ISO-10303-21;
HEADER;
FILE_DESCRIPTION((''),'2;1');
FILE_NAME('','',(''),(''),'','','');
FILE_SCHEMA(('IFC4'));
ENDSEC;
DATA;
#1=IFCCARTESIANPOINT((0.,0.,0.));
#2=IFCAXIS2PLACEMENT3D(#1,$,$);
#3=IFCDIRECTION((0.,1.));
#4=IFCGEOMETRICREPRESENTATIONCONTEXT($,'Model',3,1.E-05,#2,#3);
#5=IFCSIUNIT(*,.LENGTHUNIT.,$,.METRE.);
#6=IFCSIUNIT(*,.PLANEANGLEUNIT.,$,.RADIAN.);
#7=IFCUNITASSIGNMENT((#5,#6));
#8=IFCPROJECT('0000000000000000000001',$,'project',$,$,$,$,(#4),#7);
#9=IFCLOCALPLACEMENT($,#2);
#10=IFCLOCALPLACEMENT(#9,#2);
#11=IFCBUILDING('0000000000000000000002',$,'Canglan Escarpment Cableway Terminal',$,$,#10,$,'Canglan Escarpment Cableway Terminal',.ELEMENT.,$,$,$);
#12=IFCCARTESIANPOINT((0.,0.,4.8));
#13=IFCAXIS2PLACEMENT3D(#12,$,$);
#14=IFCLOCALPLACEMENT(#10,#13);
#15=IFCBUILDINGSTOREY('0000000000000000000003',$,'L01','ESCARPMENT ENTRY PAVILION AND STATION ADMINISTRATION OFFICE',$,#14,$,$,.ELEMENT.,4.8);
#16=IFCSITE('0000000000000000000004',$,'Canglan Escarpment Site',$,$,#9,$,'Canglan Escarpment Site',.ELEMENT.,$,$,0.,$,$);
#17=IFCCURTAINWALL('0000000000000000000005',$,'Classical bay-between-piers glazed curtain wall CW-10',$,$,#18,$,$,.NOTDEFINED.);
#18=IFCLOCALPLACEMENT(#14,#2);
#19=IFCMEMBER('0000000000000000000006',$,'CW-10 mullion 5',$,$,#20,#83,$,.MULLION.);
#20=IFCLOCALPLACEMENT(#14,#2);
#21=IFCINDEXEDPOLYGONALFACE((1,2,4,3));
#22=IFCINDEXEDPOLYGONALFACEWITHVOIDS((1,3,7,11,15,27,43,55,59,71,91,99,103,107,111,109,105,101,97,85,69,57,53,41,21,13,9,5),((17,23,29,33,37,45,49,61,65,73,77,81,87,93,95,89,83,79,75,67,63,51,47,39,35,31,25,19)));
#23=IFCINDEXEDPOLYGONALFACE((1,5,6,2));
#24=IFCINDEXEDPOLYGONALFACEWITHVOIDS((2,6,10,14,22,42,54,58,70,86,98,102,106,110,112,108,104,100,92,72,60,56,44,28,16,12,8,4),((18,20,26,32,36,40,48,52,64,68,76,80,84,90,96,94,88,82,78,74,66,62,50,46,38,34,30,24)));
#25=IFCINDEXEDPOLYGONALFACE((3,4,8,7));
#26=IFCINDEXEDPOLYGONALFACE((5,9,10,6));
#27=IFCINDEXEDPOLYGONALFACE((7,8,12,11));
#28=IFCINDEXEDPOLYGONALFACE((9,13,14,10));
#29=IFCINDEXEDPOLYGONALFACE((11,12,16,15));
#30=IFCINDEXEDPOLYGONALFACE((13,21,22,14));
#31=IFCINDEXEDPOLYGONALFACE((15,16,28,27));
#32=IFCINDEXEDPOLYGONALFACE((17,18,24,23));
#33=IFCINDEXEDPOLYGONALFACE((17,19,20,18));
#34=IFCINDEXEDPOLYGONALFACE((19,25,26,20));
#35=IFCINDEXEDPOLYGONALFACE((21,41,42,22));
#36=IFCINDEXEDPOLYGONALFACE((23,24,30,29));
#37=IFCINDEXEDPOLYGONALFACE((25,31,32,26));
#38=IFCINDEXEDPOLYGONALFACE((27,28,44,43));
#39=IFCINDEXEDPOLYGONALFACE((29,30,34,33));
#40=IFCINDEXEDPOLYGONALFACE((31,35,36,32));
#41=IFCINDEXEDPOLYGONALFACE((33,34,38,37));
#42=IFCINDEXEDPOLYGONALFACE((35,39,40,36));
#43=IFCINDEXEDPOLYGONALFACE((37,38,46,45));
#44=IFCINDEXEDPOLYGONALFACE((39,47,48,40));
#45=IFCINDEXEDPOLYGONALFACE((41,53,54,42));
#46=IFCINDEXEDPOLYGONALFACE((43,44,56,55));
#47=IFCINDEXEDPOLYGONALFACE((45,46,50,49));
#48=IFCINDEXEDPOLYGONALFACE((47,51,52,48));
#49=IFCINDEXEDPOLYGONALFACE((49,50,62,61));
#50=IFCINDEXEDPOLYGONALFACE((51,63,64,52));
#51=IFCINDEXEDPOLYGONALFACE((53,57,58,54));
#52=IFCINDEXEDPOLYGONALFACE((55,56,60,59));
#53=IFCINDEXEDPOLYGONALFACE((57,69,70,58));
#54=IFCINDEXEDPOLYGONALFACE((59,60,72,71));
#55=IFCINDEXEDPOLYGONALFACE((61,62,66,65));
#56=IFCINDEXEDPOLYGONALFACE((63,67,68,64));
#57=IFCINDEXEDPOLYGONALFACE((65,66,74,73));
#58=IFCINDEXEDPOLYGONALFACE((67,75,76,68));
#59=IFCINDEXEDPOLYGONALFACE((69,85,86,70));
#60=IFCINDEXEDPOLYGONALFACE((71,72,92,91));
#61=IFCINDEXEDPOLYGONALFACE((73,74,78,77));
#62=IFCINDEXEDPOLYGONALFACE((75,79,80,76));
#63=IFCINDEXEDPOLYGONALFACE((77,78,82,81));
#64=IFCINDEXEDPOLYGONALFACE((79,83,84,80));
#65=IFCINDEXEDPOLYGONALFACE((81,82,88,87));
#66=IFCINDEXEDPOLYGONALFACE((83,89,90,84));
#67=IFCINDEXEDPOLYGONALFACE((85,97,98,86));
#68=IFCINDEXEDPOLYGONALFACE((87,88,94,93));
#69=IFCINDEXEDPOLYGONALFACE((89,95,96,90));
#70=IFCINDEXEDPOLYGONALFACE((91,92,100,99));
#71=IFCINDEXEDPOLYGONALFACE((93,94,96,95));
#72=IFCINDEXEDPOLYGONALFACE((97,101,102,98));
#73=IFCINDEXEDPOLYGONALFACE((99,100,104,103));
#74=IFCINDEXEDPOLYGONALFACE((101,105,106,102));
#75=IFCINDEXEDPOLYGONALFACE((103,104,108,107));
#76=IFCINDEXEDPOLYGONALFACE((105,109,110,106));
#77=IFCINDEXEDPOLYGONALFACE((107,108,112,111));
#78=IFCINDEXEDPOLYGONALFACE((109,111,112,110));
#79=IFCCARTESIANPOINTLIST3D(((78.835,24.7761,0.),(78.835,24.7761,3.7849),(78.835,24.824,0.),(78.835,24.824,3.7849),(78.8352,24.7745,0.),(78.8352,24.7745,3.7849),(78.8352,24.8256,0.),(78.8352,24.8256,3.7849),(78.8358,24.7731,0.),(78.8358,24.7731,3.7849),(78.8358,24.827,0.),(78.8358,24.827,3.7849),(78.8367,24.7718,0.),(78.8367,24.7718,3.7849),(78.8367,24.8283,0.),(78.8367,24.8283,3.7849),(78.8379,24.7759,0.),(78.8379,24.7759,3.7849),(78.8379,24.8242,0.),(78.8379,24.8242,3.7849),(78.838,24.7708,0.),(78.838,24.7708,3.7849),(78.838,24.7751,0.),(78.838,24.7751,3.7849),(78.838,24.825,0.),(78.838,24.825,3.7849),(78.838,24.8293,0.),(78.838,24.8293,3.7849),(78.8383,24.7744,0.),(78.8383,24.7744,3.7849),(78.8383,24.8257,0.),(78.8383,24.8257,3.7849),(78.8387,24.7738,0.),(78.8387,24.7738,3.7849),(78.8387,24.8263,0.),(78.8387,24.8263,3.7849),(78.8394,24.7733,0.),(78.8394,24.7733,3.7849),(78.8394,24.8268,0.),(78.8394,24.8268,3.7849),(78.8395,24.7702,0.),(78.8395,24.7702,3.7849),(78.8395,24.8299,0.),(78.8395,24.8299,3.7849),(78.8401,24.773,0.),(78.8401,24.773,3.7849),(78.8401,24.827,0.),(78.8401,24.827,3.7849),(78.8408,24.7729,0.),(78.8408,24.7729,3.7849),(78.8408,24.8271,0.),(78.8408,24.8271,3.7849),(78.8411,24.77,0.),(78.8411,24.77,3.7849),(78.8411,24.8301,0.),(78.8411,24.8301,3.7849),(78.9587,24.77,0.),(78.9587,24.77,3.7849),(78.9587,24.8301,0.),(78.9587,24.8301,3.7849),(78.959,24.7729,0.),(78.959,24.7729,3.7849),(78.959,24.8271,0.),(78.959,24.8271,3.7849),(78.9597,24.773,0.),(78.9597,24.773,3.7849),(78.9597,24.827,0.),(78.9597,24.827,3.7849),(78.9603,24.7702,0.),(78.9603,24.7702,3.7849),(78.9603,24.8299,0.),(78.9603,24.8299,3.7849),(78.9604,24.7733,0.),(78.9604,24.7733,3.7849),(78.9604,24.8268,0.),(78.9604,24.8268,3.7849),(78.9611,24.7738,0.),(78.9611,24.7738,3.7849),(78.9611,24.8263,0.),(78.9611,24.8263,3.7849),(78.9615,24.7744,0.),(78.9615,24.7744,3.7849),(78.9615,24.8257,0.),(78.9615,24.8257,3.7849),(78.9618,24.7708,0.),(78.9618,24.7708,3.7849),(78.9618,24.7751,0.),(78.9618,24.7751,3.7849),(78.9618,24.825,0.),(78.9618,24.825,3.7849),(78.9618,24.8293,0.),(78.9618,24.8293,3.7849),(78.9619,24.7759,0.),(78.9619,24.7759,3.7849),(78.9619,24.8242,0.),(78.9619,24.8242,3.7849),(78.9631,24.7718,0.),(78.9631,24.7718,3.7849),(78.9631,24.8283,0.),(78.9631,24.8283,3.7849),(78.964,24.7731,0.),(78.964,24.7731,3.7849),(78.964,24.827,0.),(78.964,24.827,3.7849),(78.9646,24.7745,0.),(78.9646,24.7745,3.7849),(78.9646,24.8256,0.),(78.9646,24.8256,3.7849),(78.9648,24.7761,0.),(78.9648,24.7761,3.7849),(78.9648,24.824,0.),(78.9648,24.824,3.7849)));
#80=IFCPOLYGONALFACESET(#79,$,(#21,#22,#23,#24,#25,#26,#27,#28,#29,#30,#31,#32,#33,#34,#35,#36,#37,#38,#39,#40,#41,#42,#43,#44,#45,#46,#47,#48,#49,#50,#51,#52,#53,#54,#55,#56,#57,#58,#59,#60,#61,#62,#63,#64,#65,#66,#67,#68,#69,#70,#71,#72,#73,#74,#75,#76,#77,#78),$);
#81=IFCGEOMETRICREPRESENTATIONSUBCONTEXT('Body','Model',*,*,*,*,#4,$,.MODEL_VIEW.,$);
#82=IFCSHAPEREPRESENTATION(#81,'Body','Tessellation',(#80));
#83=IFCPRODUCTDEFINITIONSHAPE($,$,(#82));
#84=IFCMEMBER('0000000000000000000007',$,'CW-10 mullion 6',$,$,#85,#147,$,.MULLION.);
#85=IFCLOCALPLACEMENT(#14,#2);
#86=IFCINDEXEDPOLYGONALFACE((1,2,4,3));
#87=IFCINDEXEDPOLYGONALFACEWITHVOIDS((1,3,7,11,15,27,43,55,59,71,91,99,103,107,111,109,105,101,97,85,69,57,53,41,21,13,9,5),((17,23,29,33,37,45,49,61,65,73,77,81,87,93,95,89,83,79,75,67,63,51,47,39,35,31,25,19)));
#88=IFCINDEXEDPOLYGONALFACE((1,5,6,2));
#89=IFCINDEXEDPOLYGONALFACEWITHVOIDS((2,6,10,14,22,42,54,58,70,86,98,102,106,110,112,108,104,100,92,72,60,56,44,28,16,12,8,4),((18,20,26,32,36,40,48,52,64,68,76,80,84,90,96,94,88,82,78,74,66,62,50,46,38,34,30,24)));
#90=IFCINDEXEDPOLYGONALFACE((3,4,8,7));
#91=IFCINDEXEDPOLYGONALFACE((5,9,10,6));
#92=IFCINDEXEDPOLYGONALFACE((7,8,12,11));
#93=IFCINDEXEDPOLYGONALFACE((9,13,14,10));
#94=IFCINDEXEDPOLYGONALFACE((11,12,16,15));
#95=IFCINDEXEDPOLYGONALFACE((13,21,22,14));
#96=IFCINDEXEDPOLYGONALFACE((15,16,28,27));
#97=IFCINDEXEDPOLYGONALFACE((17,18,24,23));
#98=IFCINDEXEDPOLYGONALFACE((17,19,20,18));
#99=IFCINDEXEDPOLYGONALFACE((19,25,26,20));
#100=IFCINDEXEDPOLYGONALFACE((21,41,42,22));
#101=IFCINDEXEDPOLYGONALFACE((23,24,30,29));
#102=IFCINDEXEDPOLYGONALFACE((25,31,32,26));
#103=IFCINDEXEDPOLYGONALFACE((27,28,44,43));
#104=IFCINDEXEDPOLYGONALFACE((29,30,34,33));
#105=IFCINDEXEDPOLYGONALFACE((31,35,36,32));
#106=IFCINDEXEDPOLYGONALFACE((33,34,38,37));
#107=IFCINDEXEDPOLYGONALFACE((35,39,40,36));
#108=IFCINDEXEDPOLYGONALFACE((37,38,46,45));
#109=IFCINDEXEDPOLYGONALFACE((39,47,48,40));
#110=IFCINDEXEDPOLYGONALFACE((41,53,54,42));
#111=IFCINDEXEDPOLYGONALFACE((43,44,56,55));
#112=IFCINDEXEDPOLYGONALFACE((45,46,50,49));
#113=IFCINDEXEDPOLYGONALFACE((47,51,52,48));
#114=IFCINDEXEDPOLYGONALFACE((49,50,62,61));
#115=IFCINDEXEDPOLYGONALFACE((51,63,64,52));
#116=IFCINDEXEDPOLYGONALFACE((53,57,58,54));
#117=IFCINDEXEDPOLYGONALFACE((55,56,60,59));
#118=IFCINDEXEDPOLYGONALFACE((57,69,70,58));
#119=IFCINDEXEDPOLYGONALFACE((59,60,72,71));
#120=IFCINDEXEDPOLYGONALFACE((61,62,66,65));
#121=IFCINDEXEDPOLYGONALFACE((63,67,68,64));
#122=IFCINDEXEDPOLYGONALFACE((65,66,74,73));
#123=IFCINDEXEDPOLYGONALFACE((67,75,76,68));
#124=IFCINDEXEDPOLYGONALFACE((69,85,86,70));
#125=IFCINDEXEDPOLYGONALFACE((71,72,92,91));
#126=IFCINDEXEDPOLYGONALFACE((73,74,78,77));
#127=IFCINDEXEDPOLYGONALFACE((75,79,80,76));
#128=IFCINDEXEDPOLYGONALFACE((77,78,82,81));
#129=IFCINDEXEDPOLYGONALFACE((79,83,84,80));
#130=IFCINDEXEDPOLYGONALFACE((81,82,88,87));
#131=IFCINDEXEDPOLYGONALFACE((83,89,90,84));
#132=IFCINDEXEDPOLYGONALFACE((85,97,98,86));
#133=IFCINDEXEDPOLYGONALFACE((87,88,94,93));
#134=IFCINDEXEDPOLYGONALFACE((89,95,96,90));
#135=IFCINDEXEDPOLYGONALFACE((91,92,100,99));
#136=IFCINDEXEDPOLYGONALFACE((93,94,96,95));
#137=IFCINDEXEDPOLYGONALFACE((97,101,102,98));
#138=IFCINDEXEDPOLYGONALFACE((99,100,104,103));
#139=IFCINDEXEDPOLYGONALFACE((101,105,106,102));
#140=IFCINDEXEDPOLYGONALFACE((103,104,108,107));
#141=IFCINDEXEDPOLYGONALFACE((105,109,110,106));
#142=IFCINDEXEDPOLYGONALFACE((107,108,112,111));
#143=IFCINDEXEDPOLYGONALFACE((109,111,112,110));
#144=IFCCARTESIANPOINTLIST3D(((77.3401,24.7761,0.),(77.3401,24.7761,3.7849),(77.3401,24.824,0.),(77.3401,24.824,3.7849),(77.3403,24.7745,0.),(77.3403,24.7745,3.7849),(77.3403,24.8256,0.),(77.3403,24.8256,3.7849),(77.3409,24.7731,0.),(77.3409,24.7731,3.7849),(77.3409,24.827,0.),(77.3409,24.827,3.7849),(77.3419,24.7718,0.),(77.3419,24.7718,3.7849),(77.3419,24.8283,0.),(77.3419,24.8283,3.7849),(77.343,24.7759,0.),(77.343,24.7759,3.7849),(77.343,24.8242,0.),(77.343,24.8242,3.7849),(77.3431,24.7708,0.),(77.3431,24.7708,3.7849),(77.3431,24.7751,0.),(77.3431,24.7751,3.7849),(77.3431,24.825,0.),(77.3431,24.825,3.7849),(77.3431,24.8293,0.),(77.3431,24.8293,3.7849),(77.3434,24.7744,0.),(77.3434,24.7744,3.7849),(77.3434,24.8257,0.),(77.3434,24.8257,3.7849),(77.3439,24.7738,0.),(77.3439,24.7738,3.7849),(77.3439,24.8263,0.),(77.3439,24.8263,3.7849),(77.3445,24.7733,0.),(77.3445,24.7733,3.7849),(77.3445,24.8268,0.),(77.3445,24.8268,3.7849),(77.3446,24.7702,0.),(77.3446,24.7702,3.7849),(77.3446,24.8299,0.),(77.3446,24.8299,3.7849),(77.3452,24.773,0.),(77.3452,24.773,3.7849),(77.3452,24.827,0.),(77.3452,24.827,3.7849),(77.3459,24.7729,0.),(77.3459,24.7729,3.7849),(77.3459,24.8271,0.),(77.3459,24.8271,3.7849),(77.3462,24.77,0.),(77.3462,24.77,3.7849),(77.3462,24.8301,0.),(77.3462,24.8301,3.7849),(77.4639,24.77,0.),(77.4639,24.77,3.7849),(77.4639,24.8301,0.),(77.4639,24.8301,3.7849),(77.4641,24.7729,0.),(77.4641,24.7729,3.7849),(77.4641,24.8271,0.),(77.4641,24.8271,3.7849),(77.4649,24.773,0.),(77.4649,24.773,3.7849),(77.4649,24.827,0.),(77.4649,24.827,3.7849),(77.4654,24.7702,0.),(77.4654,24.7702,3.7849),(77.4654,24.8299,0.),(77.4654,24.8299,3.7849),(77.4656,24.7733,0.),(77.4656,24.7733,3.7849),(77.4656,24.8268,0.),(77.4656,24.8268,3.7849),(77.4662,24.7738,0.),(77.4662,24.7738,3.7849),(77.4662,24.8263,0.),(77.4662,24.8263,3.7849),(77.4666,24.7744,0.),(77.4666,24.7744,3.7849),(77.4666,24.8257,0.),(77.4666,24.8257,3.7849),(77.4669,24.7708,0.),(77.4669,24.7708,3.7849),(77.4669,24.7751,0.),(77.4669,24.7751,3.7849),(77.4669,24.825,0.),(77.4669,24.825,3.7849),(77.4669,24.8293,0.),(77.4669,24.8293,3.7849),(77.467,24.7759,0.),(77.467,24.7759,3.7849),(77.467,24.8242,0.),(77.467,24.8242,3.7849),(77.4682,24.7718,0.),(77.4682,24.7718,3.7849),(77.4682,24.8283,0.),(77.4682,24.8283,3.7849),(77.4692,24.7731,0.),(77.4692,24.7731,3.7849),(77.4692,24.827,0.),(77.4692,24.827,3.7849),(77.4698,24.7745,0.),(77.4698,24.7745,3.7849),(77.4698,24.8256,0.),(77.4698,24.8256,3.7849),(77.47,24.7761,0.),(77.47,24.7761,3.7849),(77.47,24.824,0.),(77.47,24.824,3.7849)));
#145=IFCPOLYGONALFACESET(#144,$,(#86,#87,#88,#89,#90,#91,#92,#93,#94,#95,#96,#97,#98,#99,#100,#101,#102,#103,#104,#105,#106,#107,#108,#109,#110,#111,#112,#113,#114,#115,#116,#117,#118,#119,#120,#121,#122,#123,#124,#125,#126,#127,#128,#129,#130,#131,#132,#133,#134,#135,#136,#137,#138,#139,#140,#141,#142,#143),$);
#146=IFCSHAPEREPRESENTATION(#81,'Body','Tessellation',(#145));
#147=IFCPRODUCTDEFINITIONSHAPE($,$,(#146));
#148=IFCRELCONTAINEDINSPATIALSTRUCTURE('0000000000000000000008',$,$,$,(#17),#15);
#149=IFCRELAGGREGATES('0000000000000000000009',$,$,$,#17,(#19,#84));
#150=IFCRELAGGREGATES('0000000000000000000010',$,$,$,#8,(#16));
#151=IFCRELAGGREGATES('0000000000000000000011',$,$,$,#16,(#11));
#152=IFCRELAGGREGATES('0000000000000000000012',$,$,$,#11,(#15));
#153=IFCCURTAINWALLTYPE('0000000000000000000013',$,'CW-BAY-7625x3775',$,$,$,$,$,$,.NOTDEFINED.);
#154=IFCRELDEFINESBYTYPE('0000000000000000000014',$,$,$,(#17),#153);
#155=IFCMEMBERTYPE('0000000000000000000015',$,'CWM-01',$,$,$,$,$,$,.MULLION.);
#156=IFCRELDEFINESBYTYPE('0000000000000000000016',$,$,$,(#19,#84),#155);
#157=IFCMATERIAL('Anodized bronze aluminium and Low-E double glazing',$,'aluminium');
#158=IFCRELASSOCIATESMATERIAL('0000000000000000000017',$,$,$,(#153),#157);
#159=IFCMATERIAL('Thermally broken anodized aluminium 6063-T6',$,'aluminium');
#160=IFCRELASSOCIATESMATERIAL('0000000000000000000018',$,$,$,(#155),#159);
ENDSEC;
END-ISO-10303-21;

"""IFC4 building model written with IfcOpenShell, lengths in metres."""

from ifc_helpers import new_model, si_unit, direction, frame, origin, origin_2d, place, context, subcontext, project, spatial, hollow_rectangle, extrude, material, material_profile, profile_set, type_object, element, aggregate, save


model = new_model("IFC4")

# Units and contexts
model_context = context("Model", 3, precision=1e-05, world=origin(), true_north=direction((0.0, 1.0)))
body_context = subcontext(model_context, "Body", "Model", "MODEL_VIEW")
ifc_project = project(units=[si_unit("LENGTHUNIT", "METRE"), si_unit("PLANEANGLEUNIT", "RADIAN")], contexts=[model_context])

# Site, building, storey
site_placement = place(None, origin())
site = spatial("IfcSite", under=ifc_project, at=site_placement, Name="Canglan Escarpment Site", LongName="Canglan Escarpment Site", CompositionType="ELEMENT", RefElevation=0.0)
building_placement = place(site_placement, origin())
building = spatial("IfcBuilding", under=site, at=building_placement, Name="Canglan Escarpment Cableway Terminal", LongName="Canglan Escarpment Cableway Terminal", CompositionType="ELEMENT")
storey_placement = place(building_placement, frame((0.0, 0.0, 4.8)))
storey = spatial("IfcBuildingStorey", under=building, at=storey_placement, Name="L01", Description="ESCARPMENT ENTRY PAVILION AND STATION ADMINISTRATION OFFICE", CompositionType="ELEMENT", Elevation=4.8)

# Curtain wall, members
ifc_material_1 = material(Name="Anodized bronze aluminium and Low-E double glazing", Category="aluminium")
curtain_wall_type = type_object("IfcCurtainWallType", Name="CW-BAY-7625x3775", PredefinedType="NOTDEFINED", material=ifc_material_1)
curtain_wall_placement = place(storey_placement, origin())
curtain_wall = element("IfcCurtainWall", 1, at=curtain_wall_placement, inside=storey, type_object=curtain_wall_type, Name="Classical bay-between-piers glazed curtain wall CW-10", PredefinedType="NOTDEFINED")
ifc_material_2 = material(Name="Thermally broken anodized aluminium 6063-T6", Category="aluminium")
ifc_material_profile_1 = material_profile(ifc_material_2, hollow_rectangle(XDim=0.0601, YDim=0.1299, WallThickness=0.0029, InnerFilletRadius=0.0029, OuterFilletRadius=0.0061, at=origin_2d()), Name="ALU-MULL 60x130x3")
ifc_profile_set_1 = profile_set([ifc_material_profile_1], Name="Thermally broken anodized aluminium 6063-T6")
member_type_1 = type_object("IfcMemberType", Name="CWM-01", PredefinedType="MULLION", material=ifc_profile_set_1)
member_1_placement = place(storey_placement, frame((78.8999, 24.8, 0.0), z_axis=(0.0, 0.0, 1.0), x_axis=(0.0, -1.0, 0.0)))
member_1 = element("IfcMember", 2, at=member_1_placement, type_object=member_type_1, Name="CW-10 mullion 5", PredefinedType="MULLION", context=body_context, shape_type="SweptSolid", body=[
    extrude(hollow_rectangle(XDim=0.0601, YDim=0.1299, WallThickness=0.0029, InnerFilletRadius=0.0029, OuterFilletRadius=0.0061, at=origin_2d()), origin(), (0.0, 0.0, 1.0), 3.7849),
])
member_2_placement = place(storey_placement, frame((77.405, 24.8, 0.0), z_axis=(0.0, 0.0, 1.0), x_axis=(0.0, -1.0, 0.0)))
member_2 = element("IfcMember", 3, at=member_2_placement, type_object=member_type_1, Name="CW-10 mullion 6", PredefinedType="MULLION", context=body_context, shape_type="SweptSolid", body=[
    extrude(hollow_rectangle(XDim=0.0601, YDim=0.1299, WallThickness=0.0029, InnerFilletRadius=0.0029, OuterFilletRadius=0.0061, at=origin_2d()), origin(), (0.0, 0.0, 1.0), 3.7849),
])
aggregate(curtain_wall, [member_1, member_2])

save(model, "model.ifc")
